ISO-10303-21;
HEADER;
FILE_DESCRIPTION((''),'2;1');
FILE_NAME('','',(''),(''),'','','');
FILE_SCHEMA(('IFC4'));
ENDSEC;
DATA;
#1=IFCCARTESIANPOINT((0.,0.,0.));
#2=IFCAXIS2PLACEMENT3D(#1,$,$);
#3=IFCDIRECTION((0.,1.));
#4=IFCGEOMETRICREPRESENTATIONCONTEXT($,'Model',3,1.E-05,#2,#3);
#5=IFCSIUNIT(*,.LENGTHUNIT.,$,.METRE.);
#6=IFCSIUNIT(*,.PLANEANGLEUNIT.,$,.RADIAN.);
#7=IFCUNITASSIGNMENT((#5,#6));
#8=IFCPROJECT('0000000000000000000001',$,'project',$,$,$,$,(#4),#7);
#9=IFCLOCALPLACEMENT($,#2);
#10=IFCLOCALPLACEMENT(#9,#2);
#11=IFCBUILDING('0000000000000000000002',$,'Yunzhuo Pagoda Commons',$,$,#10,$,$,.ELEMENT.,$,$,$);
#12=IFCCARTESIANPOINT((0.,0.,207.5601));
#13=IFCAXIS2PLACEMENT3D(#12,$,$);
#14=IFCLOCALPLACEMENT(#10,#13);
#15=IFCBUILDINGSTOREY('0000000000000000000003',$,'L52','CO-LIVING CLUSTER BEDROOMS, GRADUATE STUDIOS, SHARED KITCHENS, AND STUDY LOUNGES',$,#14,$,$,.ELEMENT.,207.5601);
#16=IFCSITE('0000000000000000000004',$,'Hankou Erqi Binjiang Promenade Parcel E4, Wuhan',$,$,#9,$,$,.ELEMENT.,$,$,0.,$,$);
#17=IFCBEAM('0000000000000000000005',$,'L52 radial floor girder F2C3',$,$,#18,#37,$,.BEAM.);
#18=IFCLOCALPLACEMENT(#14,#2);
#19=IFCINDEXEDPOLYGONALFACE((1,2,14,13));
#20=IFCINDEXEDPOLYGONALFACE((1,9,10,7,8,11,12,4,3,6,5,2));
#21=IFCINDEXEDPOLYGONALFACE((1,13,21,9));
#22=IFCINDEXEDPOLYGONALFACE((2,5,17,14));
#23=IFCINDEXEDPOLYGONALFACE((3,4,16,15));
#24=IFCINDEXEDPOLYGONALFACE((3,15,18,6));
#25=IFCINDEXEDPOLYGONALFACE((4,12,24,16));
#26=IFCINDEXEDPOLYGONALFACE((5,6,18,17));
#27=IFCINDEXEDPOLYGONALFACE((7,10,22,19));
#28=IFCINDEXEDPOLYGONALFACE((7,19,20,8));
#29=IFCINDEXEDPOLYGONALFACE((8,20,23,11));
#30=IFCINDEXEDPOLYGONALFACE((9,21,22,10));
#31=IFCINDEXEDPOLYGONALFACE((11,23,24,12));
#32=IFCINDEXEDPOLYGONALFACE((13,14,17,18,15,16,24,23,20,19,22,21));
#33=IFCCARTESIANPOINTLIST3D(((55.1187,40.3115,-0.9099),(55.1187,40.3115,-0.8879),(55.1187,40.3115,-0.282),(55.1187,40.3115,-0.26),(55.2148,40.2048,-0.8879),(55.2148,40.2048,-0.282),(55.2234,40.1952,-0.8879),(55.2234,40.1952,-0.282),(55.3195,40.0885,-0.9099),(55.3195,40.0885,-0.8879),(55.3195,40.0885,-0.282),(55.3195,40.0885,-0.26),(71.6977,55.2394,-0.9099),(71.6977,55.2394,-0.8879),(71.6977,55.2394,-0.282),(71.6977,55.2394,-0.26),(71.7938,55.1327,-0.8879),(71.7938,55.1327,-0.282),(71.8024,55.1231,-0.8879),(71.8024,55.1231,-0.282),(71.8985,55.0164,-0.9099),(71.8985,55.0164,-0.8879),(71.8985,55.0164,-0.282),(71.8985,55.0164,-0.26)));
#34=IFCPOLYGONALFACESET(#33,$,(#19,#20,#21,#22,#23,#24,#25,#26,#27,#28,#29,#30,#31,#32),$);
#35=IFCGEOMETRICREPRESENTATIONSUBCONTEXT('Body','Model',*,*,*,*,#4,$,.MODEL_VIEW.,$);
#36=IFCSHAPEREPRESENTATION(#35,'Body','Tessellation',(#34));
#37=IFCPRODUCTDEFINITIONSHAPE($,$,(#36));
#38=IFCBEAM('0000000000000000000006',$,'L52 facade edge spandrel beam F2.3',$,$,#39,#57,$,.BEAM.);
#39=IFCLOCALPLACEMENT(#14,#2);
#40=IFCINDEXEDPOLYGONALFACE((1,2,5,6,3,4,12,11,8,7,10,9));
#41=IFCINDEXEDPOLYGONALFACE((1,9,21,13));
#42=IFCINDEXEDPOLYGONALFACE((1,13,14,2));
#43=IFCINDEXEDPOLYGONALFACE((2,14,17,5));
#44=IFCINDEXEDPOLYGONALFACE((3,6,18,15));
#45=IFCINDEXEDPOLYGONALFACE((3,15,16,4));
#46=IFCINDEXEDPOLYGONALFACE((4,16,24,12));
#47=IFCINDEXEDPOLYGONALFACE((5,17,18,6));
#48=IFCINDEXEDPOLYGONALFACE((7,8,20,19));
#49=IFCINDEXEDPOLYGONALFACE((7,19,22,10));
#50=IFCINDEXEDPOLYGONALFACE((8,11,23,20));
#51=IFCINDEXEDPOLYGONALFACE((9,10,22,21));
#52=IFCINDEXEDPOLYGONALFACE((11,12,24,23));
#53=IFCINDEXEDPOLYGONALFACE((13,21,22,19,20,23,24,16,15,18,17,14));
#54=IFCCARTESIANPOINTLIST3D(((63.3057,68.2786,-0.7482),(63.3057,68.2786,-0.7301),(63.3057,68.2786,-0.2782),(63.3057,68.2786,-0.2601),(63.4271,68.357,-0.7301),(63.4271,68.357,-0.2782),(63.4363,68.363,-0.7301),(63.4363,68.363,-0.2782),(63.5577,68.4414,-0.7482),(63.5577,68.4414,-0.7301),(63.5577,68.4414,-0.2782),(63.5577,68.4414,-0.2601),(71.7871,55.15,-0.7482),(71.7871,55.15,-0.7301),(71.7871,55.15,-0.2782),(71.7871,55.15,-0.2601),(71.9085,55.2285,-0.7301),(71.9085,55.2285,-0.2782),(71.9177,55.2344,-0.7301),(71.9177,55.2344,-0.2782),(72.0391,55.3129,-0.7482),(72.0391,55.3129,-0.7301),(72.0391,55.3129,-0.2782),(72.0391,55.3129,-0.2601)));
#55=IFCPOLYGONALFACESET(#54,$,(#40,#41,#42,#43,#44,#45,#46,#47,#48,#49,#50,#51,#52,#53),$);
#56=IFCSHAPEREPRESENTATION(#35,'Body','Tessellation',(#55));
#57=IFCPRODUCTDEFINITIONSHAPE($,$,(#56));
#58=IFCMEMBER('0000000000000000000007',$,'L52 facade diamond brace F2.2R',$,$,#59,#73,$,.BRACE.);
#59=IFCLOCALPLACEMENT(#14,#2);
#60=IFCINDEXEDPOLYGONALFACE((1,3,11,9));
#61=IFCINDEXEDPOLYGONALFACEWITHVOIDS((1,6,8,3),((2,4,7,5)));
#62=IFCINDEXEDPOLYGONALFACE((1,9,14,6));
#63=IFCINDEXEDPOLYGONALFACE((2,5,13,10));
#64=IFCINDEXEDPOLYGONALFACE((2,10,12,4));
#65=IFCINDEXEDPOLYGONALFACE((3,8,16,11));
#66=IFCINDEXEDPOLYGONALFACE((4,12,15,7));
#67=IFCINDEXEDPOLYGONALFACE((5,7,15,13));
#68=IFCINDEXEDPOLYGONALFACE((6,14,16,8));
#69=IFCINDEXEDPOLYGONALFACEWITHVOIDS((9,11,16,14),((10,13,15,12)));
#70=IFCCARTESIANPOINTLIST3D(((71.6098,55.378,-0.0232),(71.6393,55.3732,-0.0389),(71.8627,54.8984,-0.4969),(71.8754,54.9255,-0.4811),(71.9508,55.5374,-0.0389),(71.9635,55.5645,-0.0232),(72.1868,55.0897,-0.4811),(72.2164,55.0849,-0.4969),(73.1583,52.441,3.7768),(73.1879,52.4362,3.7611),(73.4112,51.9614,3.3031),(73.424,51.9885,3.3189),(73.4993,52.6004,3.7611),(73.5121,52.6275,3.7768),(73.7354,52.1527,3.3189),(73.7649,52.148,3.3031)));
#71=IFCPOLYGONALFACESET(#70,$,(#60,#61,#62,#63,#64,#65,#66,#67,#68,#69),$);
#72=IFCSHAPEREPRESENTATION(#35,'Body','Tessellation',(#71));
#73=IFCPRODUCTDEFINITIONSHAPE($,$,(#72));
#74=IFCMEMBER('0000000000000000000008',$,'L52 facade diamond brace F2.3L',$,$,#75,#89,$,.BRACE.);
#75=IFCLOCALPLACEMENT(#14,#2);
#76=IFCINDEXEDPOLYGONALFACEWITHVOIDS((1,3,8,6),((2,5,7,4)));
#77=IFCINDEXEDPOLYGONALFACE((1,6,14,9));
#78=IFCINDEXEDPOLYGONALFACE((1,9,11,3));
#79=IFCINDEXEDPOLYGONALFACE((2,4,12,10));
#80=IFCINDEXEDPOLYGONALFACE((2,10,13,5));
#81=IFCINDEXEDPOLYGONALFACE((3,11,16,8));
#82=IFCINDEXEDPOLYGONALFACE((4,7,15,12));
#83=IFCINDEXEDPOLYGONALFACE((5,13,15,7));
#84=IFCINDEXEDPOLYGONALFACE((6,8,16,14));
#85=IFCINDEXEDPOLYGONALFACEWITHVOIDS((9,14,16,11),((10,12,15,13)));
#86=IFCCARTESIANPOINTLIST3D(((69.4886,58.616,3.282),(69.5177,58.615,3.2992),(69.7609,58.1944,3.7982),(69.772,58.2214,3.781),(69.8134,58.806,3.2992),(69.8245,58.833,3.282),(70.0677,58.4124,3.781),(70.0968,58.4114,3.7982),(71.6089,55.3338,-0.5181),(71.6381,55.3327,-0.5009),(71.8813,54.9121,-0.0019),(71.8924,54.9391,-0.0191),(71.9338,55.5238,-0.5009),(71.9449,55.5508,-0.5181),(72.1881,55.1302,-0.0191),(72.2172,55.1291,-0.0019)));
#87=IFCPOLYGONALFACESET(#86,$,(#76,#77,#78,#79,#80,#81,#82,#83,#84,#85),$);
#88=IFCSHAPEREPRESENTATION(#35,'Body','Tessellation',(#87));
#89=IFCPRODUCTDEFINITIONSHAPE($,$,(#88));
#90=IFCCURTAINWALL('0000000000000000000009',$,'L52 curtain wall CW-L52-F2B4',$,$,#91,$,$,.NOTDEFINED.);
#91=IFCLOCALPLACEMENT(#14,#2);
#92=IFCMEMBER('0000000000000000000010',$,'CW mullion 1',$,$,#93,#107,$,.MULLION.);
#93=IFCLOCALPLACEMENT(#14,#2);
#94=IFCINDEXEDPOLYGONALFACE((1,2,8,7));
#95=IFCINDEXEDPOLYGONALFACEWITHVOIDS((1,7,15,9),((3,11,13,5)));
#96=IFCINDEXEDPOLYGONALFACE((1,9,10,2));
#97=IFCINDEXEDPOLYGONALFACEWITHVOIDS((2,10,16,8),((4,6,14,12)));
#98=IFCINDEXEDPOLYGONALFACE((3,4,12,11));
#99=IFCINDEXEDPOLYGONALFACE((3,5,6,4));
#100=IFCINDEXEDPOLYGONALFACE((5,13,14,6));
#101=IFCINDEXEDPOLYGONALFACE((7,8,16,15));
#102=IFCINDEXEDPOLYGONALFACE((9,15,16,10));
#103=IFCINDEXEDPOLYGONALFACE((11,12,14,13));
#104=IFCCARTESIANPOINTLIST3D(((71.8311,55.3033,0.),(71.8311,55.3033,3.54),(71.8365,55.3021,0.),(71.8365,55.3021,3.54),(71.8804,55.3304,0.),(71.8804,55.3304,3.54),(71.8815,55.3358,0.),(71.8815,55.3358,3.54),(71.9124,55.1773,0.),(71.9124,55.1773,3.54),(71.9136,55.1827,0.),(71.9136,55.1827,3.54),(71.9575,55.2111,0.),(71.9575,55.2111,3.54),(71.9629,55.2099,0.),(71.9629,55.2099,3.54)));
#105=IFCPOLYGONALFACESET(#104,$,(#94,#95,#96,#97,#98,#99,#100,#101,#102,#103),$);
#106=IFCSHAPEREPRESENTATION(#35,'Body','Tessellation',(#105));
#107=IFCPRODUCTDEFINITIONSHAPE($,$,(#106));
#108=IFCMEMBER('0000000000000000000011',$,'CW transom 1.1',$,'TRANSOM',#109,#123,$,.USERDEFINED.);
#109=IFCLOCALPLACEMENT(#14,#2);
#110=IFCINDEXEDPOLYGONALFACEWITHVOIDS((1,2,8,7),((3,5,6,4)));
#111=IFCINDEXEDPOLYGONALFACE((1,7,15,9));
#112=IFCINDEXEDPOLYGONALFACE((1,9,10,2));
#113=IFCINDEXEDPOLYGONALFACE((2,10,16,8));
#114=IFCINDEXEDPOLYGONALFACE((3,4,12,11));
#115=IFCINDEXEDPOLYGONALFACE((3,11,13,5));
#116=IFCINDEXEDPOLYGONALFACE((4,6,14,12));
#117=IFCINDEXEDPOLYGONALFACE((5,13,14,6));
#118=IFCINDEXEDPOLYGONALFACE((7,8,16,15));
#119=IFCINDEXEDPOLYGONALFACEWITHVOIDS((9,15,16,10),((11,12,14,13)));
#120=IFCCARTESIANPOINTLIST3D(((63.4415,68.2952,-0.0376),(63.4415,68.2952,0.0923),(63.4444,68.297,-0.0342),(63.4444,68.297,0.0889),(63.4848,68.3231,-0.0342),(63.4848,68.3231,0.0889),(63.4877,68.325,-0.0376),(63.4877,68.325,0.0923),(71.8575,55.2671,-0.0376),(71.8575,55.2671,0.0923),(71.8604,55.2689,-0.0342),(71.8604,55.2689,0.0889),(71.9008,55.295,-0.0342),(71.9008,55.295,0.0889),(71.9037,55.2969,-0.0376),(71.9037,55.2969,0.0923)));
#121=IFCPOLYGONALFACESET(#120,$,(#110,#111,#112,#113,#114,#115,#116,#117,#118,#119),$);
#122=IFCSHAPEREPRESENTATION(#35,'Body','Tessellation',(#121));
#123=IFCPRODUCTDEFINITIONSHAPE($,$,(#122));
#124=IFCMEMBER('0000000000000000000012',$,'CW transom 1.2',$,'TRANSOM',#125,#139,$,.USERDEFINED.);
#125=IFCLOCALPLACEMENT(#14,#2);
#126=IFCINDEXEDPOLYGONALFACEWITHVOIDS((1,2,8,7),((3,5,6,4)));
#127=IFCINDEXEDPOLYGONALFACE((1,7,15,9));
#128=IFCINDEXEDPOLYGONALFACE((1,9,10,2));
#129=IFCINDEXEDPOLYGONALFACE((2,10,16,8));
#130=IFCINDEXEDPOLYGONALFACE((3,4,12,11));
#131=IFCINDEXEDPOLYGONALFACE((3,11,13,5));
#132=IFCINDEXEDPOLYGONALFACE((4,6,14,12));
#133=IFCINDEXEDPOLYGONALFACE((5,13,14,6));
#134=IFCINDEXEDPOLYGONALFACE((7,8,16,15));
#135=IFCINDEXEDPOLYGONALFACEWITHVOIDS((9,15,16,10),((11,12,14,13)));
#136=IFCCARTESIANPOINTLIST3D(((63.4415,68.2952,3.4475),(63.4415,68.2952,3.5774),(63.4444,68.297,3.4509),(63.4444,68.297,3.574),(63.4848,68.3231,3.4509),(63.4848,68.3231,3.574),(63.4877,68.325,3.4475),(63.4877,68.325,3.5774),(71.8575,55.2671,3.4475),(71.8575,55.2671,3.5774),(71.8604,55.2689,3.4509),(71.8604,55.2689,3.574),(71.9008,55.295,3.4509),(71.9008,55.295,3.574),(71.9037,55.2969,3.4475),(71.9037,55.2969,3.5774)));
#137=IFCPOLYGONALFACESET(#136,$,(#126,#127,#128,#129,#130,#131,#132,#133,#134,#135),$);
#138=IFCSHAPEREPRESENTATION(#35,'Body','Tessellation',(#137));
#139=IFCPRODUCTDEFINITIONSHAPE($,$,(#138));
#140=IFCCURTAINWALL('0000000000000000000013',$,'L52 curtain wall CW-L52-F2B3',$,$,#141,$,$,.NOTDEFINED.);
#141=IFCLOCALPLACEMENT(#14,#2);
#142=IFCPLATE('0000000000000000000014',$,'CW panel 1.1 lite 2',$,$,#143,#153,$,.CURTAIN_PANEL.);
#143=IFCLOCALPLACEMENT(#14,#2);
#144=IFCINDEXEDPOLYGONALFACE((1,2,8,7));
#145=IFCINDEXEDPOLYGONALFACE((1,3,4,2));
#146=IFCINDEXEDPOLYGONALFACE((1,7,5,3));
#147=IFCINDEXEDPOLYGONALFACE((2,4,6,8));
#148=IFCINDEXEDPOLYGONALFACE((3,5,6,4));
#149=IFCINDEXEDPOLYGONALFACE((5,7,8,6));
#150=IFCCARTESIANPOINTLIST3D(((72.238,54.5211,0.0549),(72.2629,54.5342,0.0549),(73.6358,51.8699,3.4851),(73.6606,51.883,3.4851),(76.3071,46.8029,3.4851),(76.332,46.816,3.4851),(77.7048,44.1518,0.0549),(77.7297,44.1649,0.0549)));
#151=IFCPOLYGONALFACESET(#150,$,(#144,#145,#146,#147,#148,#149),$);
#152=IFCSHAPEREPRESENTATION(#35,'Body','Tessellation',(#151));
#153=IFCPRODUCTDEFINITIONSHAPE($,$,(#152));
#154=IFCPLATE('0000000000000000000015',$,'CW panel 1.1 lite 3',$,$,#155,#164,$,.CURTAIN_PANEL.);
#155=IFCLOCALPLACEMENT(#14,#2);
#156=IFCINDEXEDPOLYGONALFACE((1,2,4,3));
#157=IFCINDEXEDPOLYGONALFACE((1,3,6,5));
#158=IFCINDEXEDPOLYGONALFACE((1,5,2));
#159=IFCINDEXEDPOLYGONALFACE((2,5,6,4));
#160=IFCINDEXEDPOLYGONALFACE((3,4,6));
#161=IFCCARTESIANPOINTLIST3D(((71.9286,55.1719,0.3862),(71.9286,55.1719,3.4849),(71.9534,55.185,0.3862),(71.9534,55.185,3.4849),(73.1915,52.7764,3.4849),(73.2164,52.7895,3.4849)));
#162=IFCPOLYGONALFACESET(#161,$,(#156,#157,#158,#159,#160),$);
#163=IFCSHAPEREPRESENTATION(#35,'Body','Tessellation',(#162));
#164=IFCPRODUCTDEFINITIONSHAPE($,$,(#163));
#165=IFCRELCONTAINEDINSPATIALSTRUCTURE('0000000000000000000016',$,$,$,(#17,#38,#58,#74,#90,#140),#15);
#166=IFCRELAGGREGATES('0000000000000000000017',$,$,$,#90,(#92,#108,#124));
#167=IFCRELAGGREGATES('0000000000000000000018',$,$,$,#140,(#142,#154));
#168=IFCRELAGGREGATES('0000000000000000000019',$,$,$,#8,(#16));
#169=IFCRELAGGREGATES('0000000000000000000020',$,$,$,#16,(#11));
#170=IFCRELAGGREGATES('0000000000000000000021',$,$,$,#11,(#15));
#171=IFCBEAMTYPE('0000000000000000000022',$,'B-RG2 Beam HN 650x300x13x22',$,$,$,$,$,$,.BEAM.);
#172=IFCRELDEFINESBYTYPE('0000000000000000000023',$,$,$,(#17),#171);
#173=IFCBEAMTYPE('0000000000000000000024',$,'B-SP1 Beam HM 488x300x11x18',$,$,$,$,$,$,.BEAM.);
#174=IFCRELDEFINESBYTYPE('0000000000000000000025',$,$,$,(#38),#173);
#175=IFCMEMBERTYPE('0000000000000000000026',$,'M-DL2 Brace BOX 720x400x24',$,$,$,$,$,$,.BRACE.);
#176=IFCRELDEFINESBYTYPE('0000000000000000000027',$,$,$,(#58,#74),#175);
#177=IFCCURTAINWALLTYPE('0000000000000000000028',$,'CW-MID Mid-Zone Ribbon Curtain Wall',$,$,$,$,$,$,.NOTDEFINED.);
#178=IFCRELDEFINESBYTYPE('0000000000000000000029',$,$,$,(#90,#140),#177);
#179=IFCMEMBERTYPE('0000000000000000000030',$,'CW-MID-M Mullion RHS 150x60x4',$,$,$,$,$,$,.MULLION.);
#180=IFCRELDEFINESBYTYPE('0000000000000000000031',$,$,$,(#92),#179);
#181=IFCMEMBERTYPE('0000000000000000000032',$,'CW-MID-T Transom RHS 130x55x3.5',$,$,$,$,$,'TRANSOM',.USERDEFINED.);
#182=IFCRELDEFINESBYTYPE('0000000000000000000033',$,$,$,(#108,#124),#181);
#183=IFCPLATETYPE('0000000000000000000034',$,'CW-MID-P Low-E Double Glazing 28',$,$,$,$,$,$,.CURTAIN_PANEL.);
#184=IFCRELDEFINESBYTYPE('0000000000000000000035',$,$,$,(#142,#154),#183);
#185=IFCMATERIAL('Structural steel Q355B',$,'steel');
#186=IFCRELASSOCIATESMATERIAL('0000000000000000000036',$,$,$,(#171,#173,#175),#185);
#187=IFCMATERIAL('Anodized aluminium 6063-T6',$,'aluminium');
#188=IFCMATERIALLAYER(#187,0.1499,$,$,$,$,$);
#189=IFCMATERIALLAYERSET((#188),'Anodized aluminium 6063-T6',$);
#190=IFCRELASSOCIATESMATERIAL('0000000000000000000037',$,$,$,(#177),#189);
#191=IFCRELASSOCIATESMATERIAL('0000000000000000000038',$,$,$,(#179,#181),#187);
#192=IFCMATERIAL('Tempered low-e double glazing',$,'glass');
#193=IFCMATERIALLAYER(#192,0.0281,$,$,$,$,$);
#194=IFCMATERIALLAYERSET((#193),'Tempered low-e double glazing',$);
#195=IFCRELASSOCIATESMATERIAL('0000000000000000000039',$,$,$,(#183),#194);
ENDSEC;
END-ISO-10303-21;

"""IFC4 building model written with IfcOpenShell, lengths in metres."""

from ifc_helpers import new_model, si_unit, direction, frame, origin, origin_2d, place, context, subcontext, project, spatial, polyline, hollow_rectangle, i_section, outline, extrude, source, transform, mapped, material, layer, layer_set, material_profile, profile_set, type_object, element, aggregate, save


model = new_model("IFC4")

# Units and contexts
model_context = context("Model", 3, precision=1e-05, world=origin(), true_north=direction((0.0, 1.0)))
body_context = subcontext(model_context, "Body", "Model", "MODEL_VIEW")
ifc_project = project(units=[si_unit("LENGTHUNIT", "METRE"), si_unit("PLANEANGLEUNIT", "RADIAN")], contexts=[model_context])

# Site, building, storey
site_placement = place(None, origin())
site = spatial("IfcSite", under=ifc_project, at=site_placement, Name="Hankou Erqi Binjiang Promenade Parcel E4, Wuhan", CompositionType="ELEMENT", RefElevation=0.0)
building_placement = place(site_placement, origin())
building = spatial("IfcBuilding", under=site, at=building_placement, Name="Yunzhuo Pagoda Commons", CompositionType="ELEMENT")
storey_placement = place(building_placement, frame((0.0, 0.0, 207.5601)))
storey = spatial("IfcBuildingStorey", under=building, at=storey_placement, Name="L52", Description="CO-LIVING CLUSTER BEDROOMS, GRADUATE STUDIOS, SHARED KITCHENS, AND STUDY LOUNGES", CompositionType="ELEMENT", Elevation=207.5601)

# Beams
ifc_material_1 = material(Name="Structural steel Q355B", Category="steel")
ifc_material_profile_1 = material_profile(ifc_material_1, i_section(OverallWidth=0.3, OverallDepth=0.6499, WebThickness=0.0129, FlangeThickness=0.022, at=origin_2d()), Name="Structural steel Q355B")
ifc_profile_set_1 = profile_set([ifc_material_profile_1], Name="Structural steel Q355B")
beam_type_1 = type_object("IfcBeamType", Name="B-RG2 Beam HN 650x300x13x22", PredefinedType="BEAM", material=ifc_profile_set_1)
shared_shape_1 = source(origin(), body_context, "Body", "SweptSolid", [
    extrude(i_section(OverallWidth=0.3, OverallDepth=0.6499, WebThickness=0.0129, FlangeThickness=0.022, at=origin_2d()), origin(), (0.0, 0.0, 1.0), 22.3093),
])
beam_1_placement = place(storey_placement, frame((71.7981, 55.1279, -0.585), z_axis=(-0.743143, -0.669133, 0.0), x_axis=(0.669133, -0.743143, 0.0)))
element("IfcBeam", 1, at=beam_1_placement, inside=storey, type_object=beam_type_1, Name="L52 radial floor girder F2C3", PredefinedType="BEAM", context=body_context, shape_type="MappedRepresentation", body=[
    mapped(shared_shape_1, transform((0.0, 0.0, 0.0), scale=1.0)),
])
ifc_material_profile_2 = material_profile(ifc_material_1, i_section(OverallWidth=0.3, OverallDepth=0.488, WebThickness=0.011, FlangeThickness=0.0181, at=origin_2d()), Name="Structural steel Q355B")
ifc_profile_set_2 = profile_set([ifc_material_profile_2], Name="Structural steel Q355B")
beam_type_2 = type_object("IfcBeamType", Name="B-SP1 Beam HM 488x300x11x18", PredefinedType="BEAM", material=ifc_profile_set_2)
shared_shape_2 = source(origin(), body_context, "Body", "SweptSolid", [
    extrude(i_section(OverallWidth=0.3, OverallDepth=0.488, WebThickness=0.011, FlangeThickness=0.0181, at=origin_2d()), origin(), (0.0, 0.0, 1.0), 15.6299),
])
beam_2_placement = place(storey_placement, frame((71.9131, 55.2314, -0.5042), z_axis=(-0.542639, 0.839966, 0.0), x_axis=(-0.839966, -0.542639, 0.0)))
element("IfcBeam", 2, at=beam_2_placement, inside=storey, type_object=beam_type_2, Name="L52 facade edge spandrel beam F2.3", PredefinedType="BEAM", context=body_context, shape_type="MappedRepresentation", body=[
    mapped(shared_shape_2, transform((0.0, 0.0, 0.0), scale=1.0)),
])

# Members
ifc_material_profile_3 = material_profile(ifc_material_1, hollow_rectangle(XDim=0.3999, YDim=0.72, WallThickness=0.0239, at=origin_2d()), Name="Structural steel Q355B")
ifc_profile_set_3 = profile_set([ifc_material_profile_3], Name="Structural steel Q355B")
member_type_1 = type_object("IfcMemberType", Name="M-DL2 Brace BOX 720x400x24", PredefinedType="BRACE", material=ifc_profile_set_3)
shared_shape_3 = source(origin(), body_context, "Body", "SweptSolid", [
    extrude(hollow_rectangle(XDim=0.3999, YDim=0.72, WallThickness=0.0239, at=origin_2d()), origin(), (0.0, 0.0, 1.0), 5.0461),
])
member_1_placement = place(storey_placement, frame((71.9131, 55.2314, -0.26), z_axis=(0.306879, -0.58202, 0.753046), x_axis=(0.884572, 0.466404, 0.0)))
element("IfcMember", 3, at=member_1_placement, inside=storey, type_object=member_type_1, Name="L52 facade diamond brace F2.2R", PredefinedType="BRACE", context=body_context, shape_type="MappedRepresentation", body=[
    mapped(shared_shape_3, transform((0.0, 0.0, 0.0), scale=1.0)),
])
shared_shape_4 = source(origin(), body_context, "Body", "SweptSolid", [
    extrude(hollow_rectangle(XDim=0.3999, YDim=0.72, WallThickness=0.0239, at=origin_2d()), origin(), (0.0, 0.0, 1.0), 5.4507),
])
member_2_placement = place(storey_placement, frame((71.9131, 55.2314, -0.26), z_axis=(-0.389013, 0.602174, 0.697177), x_axis=(-0.839971, -0.542632, 0.0)))
element("IfcMember", 4, at=member_2_placement, inside=storey, type_object=member_type_1, Name="L52 facade diamond brace F2.3L", PredefinedType="BRACE", context=body_context, shape_type="MappedRepresentation", body=[
    mapped(shared_shape_4, transform((0.0, 0.0, 0.0), scale=1.0)),
])

# Curtain wall, members
ifc_material_2 = material(Name="Anodized aluminium 6063-T6", Category="aluminium")
ifc_layer_1 = layer(ifc_material_2, 0.1499)
ifc_layer_set_1 = layer_set([ifc_layer_1], Name="Anodized aluminium 6063-T6")
curtain_wall_type = type_object("IfcCurtainWallType", Name="CW-MID Mid-Zone Ribbon Curtain Wall", PredefinedType="NOTDEFINED", material=ifc_layer_set_1)
curtain_wall_1_placement = place(storey_placement, origin())
curtain_wall_1 = element("IfcCurtainWall", 5, at=curtain_wall_1_placement, inside=storey, type_object=curtain_wall_type, Name="L52 curtain wall CW-L52-F2B4", PredefinedType="NOTDEFINED")
ifc_material_profile_4 = material_profile(ifc_material_2, hollow_rectangle(XDim=0.0601, YDim=0.1499, WallThickness=0.0039, at=origin_2d()), Name="Anodized aluminium 6063-T6")
ifc_profile_set_4 = profile_set([ifc_material_profile_4], Name="Anodized aluminium 6063-T6")
member_type_2 = type_object("IfcMemberType", Name="CW-MID-M Mullion RHS 150x60x4", PredefinedType="MULLION", material=ifc_profile_set_4)
shared_shape_5 = source(origin(), body_context, "Body", "SweptSolid", [
    extrude(hollow_rectangle(XDim=0.0601, YDim=0.1499, WallThickness=0.0039, at=origin_2d()), origin(), (0.0, 0.0, 1.0), 3.54),
])
member_3_placement = place(storey_placement, frame((71.897, 55.2566, 0.0), z_axis=(0.0, 0.0, 1.0), x_axis=(-0.839965, -0.54264, 0.0)))
member_3 = element("IfcMember", 6, at=member_3_placement, type_object=member_type_2, Name="CW mullion 1", PredefinedType="MULLION", context=body_context, shape_type="MappedRepresentation", body=[
    mapped(shared_shape_5, transform((0.0, 0.0, 0.0), scale=1.0)),
])
ifc_material_profile_5 = material_profile(ifc_material_2, hollow_rectangle(XDim=0.0549, YDim=0.1299, WallThickness=0.0034, at=origin_2d()), Name="Anodized aluminium 6063-T6")
ifc_profile_set_5 = profile_set([ifc_material_profile_5], Name="Anodized aluminium 6063-T6")
member_type_3 = type_object("IfcMemberType", Name="CW-MID-T Transom RHS 130x55x3.5", ElementType="TRANSOM", PredefinedType="USERDEFINED", material=ifc_profile_set_5)
shared_shape_6 = source(origin(), body_context, "Body", "SweptSolid", [
    extrude(hollow_rectangle(XDim=0.0549, YDim=0.1299, WallThickness=0.0034, at=origin_2d()), origin(), (0.0, 0.0, 1.0), 15.51),
])
member_4_placement = place(storey_placement, frame((71.8806, 55.282, 0.0273), z_axis=(-0.542619, 0.839979, 0.0), x_axis=(-0.839979, -0.542619, 0.0)))
member_4 = element("IfcMember", 7, at=member_4_placement, type_object=member_type_3, Name="CW transom 1.1", ObjectType="TRANSOM", PredefinedType="USERDEFINED", context=body_context, shape_type="MappedRepresentation", body=[
    mapped(shared_shape_6, transform((0.0, 0.0, 0.0), scale=1.0)),
])
member_5_placement = place(storey_placement, frame((71.8806, 55.282, 3.5125), z_axis=(-0.542619, 0.839979, 0.0), x_axis=(-0.839979, -0.542619, 0.0)))
member_5 = element("IfcMember", 8, at=member_5_placement, type_object=member_type_3, Name="CW transom 1.2", ObjectType="TRANSOM", PredefinedType="USERDEFINED", context=body_context, shape_type="MappedRepresentation", body=[
    mapped(shared_shape_6, transform((0.0, 0.0, 0.0), scale=1.0)),
])
aggregate(curtain_wall_1, [member_3, member_4, member_5])

# Curtain wall, plates
curtain_wall_2_placement = place(storey_placement, origin())
curtain_wall_2 = element("IfcCurtainWall", 9, at=curtain_wall_2_placement, inside=storey, type_object=curtain_wall_type, Name="L52 curtain wall CW-L52-F2B3", PredefinedType="NOTDEFINED")
ifc_material_3 = material(Name="Tempered low-e double glazing", Category="glass")
ifc_layer_2 = layer(ifc_material_3, 0.0281)
ifc_layer_set_2 = layer_set([ifc_layer_2], Name="Tempered low-e double glazing")
plate_type_1 = type_object("IfcPlateType", Name="CW-MID-P Low-E Double Glazing 28", PredefinedType="CURTAIN_PANEL", material=ifc_layer_set_2)
plate_1_placement = place(storey_placement, frame((74.9714, 49.3364, 1.77), z_axis=(0.884592, 0.466366, 0.0), x_axis=(-0.466366, 0.884592, 0.0)))
plate_1 = element("IfcPlate", 10, at=plate_1_placement, type_object=plate_type_1, Name="CW panel 1.1 lite 2", PredefinedType="CURTAIN_PANEL", context=body_context, shape_type="SweptSolid", body=[
    extrude(outline(polyline([(-5.8611, -1.7151), (5.8611, -1.7151), (2.864, 1.7151), (-2.864, 1.7151), (-5.8611, -1.7151)])), origin(), (0.0, 0.0, 1.0), 0.0281),
])
plate_2_placement = place(storey_placement, frame((72.5601, 53.9741, 1.9355), z_axis=(0.884592, 0.466366, 0.0), x_axis=(-0.466366, 0.884592, 0.0)))
plate_2 = element("IfcPlate", 11, at=plate_2_placement, type_object=plate_type_1, Name="CW panel 1.1 lite 3", PredefinedType="CURTAIN_PANEL", context=body_context, shape_type="SweptSolid", body=[
    extrude(outline(polyline([(-1.354, 1.5493), (1.354, -1.5493), (1.354, 1.5493), (-1.354, 1.5493)])), origin(), (0.0, 0.0, 1.0), 0.0281),
])
aggregate(curtain_wall_2, [plate_1, plate_2])

save(model, "model.ifc")
